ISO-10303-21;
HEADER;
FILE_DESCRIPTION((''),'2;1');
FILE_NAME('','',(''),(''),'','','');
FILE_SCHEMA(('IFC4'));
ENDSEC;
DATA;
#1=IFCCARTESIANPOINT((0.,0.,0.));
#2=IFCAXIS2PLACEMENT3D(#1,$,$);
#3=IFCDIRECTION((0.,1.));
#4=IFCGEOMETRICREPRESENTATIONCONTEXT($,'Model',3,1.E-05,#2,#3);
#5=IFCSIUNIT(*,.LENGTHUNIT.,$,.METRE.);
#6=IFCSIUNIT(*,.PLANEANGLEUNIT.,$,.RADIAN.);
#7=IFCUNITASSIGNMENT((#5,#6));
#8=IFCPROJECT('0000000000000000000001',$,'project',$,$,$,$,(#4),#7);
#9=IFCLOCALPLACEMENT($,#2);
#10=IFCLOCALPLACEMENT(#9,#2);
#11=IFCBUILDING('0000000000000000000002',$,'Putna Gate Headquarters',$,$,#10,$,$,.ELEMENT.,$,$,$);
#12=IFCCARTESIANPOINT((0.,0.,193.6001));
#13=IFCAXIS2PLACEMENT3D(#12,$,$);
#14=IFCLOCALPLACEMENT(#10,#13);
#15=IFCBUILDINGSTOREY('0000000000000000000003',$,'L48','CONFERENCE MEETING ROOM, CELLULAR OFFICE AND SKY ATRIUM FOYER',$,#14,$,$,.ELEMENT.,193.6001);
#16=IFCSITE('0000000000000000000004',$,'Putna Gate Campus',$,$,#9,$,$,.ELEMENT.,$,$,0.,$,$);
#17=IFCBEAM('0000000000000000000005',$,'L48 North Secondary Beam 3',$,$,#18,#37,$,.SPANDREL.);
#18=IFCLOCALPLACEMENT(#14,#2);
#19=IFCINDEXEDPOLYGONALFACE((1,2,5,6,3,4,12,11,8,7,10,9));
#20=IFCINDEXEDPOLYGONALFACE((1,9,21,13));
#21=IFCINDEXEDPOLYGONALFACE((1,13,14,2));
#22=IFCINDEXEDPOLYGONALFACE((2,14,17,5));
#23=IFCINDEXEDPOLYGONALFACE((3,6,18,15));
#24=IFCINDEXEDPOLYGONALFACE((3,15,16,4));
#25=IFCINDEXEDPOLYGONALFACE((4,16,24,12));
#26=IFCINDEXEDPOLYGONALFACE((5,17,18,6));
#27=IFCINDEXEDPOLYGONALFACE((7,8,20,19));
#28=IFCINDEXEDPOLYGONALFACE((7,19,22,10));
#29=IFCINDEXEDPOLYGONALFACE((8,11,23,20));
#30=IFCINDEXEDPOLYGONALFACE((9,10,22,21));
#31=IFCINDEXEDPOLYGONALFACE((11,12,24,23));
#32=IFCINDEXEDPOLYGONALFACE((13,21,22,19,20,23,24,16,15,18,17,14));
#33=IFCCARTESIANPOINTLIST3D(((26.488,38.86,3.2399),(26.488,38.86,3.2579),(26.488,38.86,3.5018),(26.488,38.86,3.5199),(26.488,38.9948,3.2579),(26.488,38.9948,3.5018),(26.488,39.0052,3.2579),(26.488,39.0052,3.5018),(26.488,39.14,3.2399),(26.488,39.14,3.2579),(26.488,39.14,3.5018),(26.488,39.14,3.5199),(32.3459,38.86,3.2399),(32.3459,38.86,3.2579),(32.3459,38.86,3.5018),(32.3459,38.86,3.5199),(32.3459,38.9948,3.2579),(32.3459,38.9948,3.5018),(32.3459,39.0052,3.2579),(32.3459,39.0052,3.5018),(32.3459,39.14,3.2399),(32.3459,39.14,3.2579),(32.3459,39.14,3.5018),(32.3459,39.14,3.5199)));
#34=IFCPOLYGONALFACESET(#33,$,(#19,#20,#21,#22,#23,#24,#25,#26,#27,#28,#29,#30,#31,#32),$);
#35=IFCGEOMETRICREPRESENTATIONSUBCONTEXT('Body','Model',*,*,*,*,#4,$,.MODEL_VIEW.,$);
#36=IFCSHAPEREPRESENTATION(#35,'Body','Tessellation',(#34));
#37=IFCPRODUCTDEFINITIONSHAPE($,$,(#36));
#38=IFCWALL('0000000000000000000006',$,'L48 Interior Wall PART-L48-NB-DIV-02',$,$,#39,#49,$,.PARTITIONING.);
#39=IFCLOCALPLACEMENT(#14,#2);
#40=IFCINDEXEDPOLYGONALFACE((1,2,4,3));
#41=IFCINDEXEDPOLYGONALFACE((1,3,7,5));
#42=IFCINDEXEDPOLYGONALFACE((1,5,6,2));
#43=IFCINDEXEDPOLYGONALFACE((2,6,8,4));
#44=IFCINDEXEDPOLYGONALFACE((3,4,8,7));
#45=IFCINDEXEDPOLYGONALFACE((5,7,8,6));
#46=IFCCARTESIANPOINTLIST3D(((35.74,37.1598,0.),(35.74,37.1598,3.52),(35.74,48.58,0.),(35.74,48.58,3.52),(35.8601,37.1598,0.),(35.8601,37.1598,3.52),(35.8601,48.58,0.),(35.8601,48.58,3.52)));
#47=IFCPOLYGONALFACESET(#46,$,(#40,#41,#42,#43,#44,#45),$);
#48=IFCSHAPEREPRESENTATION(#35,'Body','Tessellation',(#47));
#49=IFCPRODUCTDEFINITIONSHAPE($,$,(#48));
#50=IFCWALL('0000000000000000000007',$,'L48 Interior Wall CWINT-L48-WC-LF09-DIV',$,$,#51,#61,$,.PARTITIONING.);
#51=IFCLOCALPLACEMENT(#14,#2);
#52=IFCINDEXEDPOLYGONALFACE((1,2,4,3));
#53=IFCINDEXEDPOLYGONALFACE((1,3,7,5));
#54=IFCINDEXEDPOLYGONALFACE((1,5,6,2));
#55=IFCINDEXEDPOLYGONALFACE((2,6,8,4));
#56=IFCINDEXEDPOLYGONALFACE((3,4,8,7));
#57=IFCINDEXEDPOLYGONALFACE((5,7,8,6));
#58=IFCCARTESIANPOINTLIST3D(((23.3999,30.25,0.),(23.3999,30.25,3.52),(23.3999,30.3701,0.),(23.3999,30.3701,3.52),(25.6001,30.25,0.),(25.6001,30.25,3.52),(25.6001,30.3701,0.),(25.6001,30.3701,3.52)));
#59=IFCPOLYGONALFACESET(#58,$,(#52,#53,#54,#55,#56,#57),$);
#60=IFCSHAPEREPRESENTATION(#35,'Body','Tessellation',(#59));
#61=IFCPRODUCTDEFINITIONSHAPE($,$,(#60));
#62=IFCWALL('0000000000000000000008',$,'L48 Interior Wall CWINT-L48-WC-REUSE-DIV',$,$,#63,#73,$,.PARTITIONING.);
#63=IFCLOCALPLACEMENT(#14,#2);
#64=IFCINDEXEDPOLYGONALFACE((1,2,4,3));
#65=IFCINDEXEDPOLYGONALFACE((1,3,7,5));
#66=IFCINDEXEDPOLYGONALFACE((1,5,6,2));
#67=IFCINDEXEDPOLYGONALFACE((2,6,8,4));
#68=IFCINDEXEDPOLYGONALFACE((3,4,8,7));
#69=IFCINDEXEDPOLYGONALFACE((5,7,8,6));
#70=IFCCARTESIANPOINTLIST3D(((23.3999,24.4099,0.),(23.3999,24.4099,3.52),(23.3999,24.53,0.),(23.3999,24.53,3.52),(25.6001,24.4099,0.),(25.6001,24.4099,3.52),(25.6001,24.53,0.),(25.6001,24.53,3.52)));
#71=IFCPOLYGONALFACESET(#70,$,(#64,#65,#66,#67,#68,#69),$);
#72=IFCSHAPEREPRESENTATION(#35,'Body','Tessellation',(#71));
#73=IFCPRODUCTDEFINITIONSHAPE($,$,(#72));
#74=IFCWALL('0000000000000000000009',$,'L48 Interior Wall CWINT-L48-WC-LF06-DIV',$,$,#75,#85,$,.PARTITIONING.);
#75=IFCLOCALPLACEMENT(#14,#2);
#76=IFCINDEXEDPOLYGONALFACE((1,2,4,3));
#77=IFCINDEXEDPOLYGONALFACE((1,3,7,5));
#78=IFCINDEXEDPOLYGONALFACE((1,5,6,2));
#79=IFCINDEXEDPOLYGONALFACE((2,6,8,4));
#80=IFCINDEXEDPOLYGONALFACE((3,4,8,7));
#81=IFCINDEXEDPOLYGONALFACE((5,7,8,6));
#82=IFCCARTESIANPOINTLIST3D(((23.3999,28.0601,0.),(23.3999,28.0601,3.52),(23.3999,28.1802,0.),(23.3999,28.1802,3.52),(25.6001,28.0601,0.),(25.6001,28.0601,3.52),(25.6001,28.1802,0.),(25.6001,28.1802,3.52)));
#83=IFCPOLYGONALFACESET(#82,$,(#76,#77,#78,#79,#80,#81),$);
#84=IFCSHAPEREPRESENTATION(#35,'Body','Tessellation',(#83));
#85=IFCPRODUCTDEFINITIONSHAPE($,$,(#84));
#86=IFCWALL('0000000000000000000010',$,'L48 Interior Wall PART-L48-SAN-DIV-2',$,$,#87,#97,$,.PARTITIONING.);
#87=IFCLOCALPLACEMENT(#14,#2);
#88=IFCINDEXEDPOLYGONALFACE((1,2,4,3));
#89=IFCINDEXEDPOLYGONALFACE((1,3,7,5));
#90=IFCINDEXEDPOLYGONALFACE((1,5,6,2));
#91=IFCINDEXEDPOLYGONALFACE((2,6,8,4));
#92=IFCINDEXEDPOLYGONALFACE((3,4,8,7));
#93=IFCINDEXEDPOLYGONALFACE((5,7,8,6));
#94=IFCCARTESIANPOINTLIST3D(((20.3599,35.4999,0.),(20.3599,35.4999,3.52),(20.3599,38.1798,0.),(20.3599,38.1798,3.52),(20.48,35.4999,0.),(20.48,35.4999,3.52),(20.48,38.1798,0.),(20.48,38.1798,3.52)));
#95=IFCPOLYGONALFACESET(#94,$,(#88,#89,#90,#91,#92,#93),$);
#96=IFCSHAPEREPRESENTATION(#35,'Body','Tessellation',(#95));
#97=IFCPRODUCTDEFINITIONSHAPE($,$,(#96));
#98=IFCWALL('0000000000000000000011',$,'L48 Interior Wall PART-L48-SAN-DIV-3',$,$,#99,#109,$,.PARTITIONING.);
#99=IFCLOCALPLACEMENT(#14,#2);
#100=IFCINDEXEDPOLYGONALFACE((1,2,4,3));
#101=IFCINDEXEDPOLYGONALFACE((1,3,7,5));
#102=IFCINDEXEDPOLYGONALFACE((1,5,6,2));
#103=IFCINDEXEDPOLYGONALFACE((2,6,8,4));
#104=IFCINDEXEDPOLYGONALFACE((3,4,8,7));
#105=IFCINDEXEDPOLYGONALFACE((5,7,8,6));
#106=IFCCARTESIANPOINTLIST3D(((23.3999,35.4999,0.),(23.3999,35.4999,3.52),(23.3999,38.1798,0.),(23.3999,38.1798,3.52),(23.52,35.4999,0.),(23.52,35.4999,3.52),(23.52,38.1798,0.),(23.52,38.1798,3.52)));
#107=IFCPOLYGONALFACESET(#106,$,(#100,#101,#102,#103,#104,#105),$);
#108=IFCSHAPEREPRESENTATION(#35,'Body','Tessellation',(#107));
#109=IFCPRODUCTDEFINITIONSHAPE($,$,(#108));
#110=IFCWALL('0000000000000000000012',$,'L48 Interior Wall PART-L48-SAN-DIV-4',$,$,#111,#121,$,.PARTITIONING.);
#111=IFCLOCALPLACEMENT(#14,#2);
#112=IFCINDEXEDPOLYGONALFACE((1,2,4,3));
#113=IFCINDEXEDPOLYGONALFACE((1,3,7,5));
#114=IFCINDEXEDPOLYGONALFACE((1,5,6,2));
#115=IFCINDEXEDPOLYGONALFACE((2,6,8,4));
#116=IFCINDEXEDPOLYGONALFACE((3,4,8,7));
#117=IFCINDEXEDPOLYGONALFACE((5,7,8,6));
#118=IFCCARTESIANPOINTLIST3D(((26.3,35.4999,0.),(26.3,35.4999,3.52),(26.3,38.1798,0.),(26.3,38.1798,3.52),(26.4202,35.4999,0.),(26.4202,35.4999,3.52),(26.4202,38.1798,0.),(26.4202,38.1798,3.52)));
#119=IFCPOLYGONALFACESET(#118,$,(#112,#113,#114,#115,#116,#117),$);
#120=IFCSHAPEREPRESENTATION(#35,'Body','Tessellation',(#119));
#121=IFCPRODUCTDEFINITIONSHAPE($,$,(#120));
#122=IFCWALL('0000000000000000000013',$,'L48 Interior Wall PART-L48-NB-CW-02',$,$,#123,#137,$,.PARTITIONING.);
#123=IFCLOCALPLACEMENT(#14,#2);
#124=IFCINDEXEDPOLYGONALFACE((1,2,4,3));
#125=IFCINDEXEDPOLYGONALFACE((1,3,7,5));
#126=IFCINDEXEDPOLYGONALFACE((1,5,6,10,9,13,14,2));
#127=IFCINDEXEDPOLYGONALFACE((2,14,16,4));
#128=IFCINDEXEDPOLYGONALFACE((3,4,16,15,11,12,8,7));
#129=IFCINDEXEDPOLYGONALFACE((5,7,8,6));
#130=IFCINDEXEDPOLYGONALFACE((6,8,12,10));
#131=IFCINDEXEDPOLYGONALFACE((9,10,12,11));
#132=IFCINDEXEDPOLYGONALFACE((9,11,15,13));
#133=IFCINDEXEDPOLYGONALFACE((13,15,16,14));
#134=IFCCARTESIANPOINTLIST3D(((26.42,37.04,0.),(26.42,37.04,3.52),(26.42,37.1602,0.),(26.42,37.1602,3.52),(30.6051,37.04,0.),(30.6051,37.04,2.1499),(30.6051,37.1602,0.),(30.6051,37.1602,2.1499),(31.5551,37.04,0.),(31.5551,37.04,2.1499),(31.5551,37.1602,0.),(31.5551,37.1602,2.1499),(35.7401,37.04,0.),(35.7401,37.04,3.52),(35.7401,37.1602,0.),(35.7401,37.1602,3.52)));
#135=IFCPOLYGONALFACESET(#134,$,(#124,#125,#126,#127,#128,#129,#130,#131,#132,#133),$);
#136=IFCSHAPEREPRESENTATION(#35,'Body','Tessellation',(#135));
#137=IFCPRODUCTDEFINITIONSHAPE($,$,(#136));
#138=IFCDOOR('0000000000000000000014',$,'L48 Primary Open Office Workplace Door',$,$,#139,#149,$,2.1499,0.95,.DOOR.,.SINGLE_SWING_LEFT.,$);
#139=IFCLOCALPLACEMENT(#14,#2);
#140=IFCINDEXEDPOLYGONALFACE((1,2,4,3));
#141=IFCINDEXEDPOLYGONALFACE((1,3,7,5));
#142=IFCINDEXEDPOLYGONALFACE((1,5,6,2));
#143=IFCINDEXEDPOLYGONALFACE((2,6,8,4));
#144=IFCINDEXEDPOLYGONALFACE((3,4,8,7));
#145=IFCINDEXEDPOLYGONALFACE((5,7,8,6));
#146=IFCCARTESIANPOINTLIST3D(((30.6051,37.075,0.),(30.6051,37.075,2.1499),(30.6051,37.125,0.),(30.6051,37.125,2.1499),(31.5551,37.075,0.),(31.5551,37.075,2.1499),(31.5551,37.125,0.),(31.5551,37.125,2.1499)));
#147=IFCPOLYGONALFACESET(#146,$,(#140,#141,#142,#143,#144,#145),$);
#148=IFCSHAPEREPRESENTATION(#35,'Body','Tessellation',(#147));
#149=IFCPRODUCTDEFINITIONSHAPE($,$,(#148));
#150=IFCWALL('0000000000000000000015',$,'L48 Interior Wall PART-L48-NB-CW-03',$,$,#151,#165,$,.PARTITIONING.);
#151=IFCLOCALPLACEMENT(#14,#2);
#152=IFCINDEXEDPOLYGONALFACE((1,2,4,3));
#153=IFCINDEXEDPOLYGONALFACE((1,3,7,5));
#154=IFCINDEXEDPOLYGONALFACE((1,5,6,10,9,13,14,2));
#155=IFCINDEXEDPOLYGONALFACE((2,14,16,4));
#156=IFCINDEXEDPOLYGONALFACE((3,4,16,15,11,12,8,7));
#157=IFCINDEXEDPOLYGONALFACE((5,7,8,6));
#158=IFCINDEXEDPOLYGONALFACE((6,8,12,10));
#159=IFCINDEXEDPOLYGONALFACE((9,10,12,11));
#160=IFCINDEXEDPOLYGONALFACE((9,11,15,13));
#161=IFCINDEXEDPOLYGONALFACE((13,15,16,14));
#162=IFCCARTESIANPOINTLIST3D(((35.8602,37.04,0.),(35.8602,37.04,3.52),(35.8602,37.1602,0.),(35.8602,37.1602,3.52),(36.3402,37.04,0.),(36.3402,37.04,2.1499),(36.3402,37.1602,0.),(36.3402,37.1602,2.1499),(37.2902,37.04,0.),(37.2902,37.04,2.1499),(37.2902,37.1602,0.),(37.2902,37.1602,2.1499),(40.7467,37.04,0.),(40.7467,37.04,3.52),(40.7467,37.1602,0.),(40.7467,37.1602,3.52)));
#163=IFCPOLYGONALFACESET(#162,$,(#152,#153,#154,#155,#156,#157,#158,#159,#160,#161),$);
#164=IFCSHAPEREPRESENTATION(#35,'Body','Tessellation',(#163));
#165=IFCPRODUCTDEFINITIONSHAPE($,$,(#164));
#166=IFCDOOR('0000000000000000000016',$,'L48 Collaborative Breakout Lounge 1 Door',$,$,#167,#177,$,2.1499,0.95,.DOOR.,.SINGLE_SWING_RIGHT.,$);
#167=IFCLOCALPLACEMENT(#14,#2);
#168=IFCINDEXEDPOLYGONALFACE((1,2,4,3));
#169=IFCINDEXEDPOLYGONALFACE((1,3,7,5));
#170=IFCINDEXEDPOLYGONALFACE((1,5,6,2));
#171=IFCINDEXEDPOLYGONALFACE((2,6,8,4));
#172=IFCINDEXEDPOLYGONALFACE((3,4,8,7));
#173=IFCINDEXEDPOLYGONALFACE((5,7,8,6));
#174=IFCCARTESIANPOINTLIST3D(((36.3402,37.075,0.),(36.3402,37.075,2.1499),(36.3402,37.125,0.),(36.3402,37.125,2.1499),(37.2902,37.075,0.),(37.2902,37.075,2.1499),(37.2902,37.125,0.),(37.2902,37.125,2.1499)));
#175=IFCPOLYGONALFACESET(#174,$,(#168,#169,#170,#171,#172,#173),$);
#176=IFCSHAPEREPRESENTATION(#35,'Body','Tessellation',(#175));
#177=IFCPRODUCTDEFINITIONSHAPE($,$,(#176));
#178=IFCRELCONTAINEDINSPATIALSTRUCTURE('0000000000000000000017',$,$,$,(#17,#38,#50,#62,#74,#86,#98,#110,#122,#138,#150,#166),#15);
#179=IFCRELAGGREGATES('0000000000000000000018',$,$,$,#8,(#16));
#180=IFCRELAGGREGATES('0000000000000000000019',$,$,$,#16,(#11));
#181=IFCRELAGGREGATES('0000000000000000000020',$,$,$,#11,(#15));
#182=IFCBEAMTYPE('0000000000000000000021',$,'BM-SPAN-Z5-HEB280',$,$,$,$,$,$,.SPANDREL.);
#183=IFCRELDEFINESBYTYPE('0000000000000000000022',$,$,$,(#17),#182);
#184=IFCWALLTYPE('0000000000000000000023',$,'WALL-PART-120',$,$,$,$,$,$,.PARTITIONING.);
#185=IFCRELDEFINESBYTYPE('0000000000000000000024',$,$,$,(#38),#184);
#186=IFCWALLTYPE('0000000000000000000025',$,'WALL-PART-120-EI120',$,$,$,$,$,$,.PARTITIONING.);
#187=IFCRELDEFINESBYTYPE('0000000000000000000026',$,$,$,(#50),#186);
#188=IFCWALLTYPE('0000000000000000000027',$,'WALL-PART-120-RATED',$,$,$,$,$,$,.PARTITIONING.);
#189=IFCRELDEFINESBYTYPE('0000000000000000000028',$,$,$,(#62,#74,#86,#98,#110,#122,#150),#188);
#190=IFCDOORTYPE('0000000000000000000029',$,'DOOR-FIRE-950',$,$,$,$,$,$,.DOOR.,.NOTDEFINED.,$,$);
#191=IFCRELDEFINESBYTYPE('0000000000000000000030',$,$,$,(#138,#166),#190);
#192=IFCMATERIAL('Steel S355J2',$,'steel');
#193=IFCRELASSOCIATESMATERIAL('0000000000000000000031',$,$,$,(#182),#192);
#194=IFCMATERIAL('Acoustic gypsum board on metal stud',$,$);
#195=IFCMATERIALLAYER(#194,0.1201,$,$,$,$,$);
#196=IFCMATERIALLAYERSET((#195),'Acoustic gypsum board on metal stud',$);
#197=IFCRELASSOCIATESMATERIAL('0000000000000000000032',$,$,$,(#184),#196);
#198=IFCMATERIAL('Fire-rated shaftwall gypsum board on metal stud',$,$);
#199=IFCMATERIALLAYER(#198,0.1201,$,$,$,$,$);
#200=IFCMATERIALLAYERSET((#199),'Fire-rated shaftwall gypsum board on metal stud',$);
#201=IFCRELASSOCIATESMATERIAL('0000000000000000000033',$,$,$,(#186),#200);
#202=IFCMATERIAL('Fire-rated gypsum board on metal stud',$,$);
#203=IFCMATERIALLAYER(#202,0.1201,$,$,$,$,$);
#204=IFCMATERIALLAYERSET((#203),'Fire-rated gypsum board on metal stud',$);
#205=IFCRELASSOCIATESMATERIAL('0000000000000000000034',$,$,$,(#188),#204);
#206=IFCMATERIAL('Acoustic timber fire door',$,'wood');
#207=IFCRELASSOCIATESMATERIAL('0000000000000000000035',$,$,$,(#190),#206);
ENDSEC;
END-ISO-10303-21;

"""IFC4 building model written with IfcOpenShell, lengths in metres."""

from ifc_helpers import new_model, si_unit, direction, frame, frame_2d, origin, origin_2d, place, context, subcontext, project, spatial, rectangle, i_section, extrude, material, layer, layer_set, material_profile, profile_set, type_object, element, fill, save


model = new_model("IFC4")

# Units and contexts
model_context = context("Model", 3, precision=1e-05, world=origin(), true_north=direction((0.0, 1.0)))
body_context = subcontext(model_context, "Body", "Model", "MODEL_VIEW")
ifc_project = project(units=[si_unit("LENGTHUNIT", "METRE"), si_unit("PLANEANGLEUNIT", "RADIAN")], contexts=[model_context])

# Site, building, storey
site_placement = place(None, origin())
site = spatial("IfcSite", under=ifc_project, at=site_placement, Name="Putna Gate Campus", CompositionType="ELEMENT", RefElevation=0.0)
building_placement = place(site_placement, origin())
building = spatial("IfcBuilding", under=site, at=building_placement, Name="Putna Gate Headquarters", CompositionType="ELEMENT")
storey_placement = place(building_placement, frame((0.0, 0.0, 193.6001)))
storey = spatial("IfcBuildingStorey", under=building, at=storey_placement, Name="L48", Description="CONFERENCE MEETING ROOM, CELLULAR OFFICE AND SKY ATRIUM FOYER", CompositionType="ELEMENT", Elevation=193.6001)

# Beam
ifc_material_1 = material(Name="Steel S355J2", Category="steel")
ifc_material_profile_1 = material_profile(ifc_material_1, i_section(OverallWidth=0.28, OverallDepth=0.28, WebThickness=0.0105, FlangeThickness=0.0181, at=origin_2d()), Name="Steel S355J2")
ifc_profile_set_1 = profile_set([ifc_material_profile_1], Name="Steel S355J2")
beam_type_1 = type_object("IfcBeamType", Name="BM-SPAN-Z5-HEB280", PredefinedType="SPANDREL", material=ifc_profile_set_1)
beam_1_placement = place(storey_placement, frame((26.488, 39.0, 3.3799), z_axis=(1.0, 0.0, 0.0), x_axis=(0.0, 1.0, 0.0)))
element("IfcBeam", 1, at=beam_1_placement, inside=storey, type_object=beam_type_1, Name="L48 North Secondary Beam 3", PredefinedType="SPANDREL", context=body_context, shape_type="SweptSolid", body=[
    extrude(i_section(OverallWidth=0.28, OverallDepth=0.28, WebThickness=0.0105, FlangeThickness=0.0181, at=origin_2d()), origin(), (0.0, 0.0, 1.0), 5.8579),
])

# Walls
ifc_material_2 = material(Name="Acoustic gypsum board on metal stud")
ifc_layer_1 = layer(ifc_material_2, 0.1201)
ifc_layer_set_1 = layer_set([ifc_layer_1], Name="Acoustic gypsum board on metal stud")
wall_type_1 = type_object("IfcWallType", Name="WALL-PART-120", PredefinedType="PARTITIONING", material=ifc_layer_set_1)
wall_1_placement = place(storey_placement, frame((35.8, 37.1599, 0.0), z_axis=(0.0, 0.0, 1.0), x_axis=(0.0, 1.0, 0.0)))
element("IfcWall", 2, at=wall_1_placement, inside=storey, type_object=wall_type_1, Name="L48 Interior Wall PART-L48-NB-DIV-02", PredefinedType="PARTITIONING", context=body_context, shape_type="SweptSolid", body=[
    extrude(rectangle(XDim=11.4202, YDim=0.1201, at=frame_2d((5.71, 0.0))), origin(), (0.0, 0.0, 1.0), 3.52),
])
ifc_material_3 = material(Name="Fire-rated shaftwall gypsum board on metal stud")
ifc_layer_2 = layer(ifc_material_3, 0.1201)
ifc_layer_set_2 = layer_set([ifc_layer_2], Name="Fire-rated shaftwall gypsum board on metal stud")
wall_type_2 = type_object("IfcWallType", Name="WALL-PART-120-EI120", PredefinedType="PARTITIONING", material=ifc_layer_set_2)
wall_2_placement = place(storey_placement, frame((23.3999, 30.3101, 0.0), z_axis=(0.0, 0.0, 1.0), x_axis=(1.0, 0.0, 0.0)))
element("IfcWall", 3, at=wall_2_placement, inside=storey, type_object=wall_type_2, Name="L48 Interior Wall CWINT-L48-WC-LF09-DIV", PredefinedType="PARTITIONING", context=body_context, shape_type="SweptSolid", body=[
    extrude(rectangle(XDim=2.2002, YDim=0.1201, at=frame_2d((1.1001, 0.0))), origin(), (0.0, 0.0, 1.0), 3.52),
])
ifc_material_4 = material(Name="Fire-rated gypsum board on metal stud")
ifc_layer_3 = layer(ifc_material_4, 0.1201)
ifc_layer_set_3 = layer_set([ifc_layer_3], Name="Fire-rated gypsum board on metal stud")
wall_type_3 = type_object("IfcWallType", Name="WALL-PART-120-RATED", PredefinedType="PARTITIONING", material=ifc_layer_set_3)
for number, where, z_axis, x_axis, name in (
    (4, (23.3999, 24.47, 0.0), (0.0, 0.0, 1.0), (1.0, 0.0, 0.0), "L48 Interior Wall CWINT-L48-WC-REUSE-DIV"),
    (5, (23.3999, 28.1201, 0.0), (0.0, 0.0, 1.0), (1.0, 0.0, 0.0), "L48 Interior Wall CWINT-L48-WC-LF06-DIV"),
):
    element("IfcWall", number, at=place(storey_placement, frame(where, z_axis=z_axis, x_axis=x_axis)), inside=storey, type_object=wall_type_3, Name=name, PredefinedType="PARTITIONING", context=body_context, shape_type="SweptSolid", body=[
        extrude(rectangle(XDim=2.2002, YDim=0.1201, at=frame_2d((1.1001, 0.0))), origin(), (0.0, 0.0, 1.0), 3.52),
    ])
for number, where, z_axis, x_axis, name in (
    (6, (20.4199, 35.5, 0.0), (0.0, 0.0, 1.0), (0.0, 1.0, 0.0), "L48 Interior Wall PART-L48-SAN-DIV-2"),
    (7, (23.46, 35.5, 0.0), (0.0, 0.0, 1.0), (0.0, 1.0, 0.0), "L48 Interior Wall PART-L48-SAN-DIV-3"),
    (8, (26.3601, 35.5, 0.0), (0.0, 0.0, 1.0), (0.0, 1.0, 0.0), "L48 Interior Wall PART-L48-SAN-DIV-4"),
):
    element("IfcWall", number, at=place(storey_placement, frame(where, z_axis=z_axis, x_axis=x_axis)), inside=storey, type_object=wall_type_3, Name=name, PredefinedType="PARTITIONING", context=body_context, shape_type="SweptSolid", body=[
        extrude(rectangle(XDim=2.6799, YDim=0.1201, at=frame_2d((1.3398, 0.0))), origin(), (0.0, 0.0, 1.0), 3.52),
    ])

# Walls, openings, doors
wall_3_placement = place(storey_placement, frame((26.4199, 37.1001, 0.0), z_axis=(0.0, 0.0, 1.0), x_axis=(1.0, 0.0, 0.0)))
wall_3 = element("IfcWall", 9, at=wall_3_placement, inside=storey, type_object=wall_type_3, Name="L48 Interior Wall PART-L48-NB-CW-02", PredefinedType="PARTITIONING", context=body_context, shape_type="SweptSolid", body=[
    extrude(rectangle(XDim=9.3201, YDim=0.1201, at=frame_2d((4.6602, 0.0))), origin(), (0.0, 0.0, 1.0), 3.52),
])
opening_1_placement = place(wall_3_placement, frame((4.1851, 0.0, 0.0)))
opening_1 = element("IfcOpeningElement", 10, at=opening_1_placement, cuts=wall_3, PredefinedType="OPENING", context=body_context, shape_type="SweptSolid", body=[
    extrude(rectangle(XDim=0.95, YDim=2.1499, at=frame_2d((0.4751, 1.075))), frame((0.0, 0.0701, 0.0), z_axis=(0.0, -1.0, 0.0), x_axis=(1.0, 0.0, 0.0)), (0.0, 0.0, 1.0), 0.1401),
])
ifc_material_5 = material(Name="Acoustic timber fire door", Category="wood")
door_type = type_object("IfcDoorType", Name="DOOR-FIRE-950", OperationType="NOTDEFINED", PredefinedType="DOOR", material=ifc_material_5)
door_1_placement = place(opening_1_placement, origin())
door_1 = element("IfcDoor", 11, at=door_1_placement, inside=storey, type_object=door_type, Name="L48 Primary Open Office Workplace Door", OperationType="SINGLE_SWING_LEFT", OverallHeight=2.1499, OverallWidth=0.95, PredefinedType="DOOR", context=body_context, shape_type="SweptSolid", body=[
    extrude(rectangle(XDim=0.95, YDim=2.1499, at=frame_2d((0.4751, 1.075))), frame((0.0, 0.0249, 0.0), z_axis=(0.0, -1.0, 0.0), x_axis=(1.0, 0.0, 0.0)), (0.0, 0.0, 1.0), 0.05),
])
fill(opening_1, door_1)
wall_4_placement = place(storey_placement, frame((35.8601, 37.1001, 0.0), z_axis=(0.0, 0.0, 1.0), x_axis=(1.0, 0.0, 0.0)))
wall_4 = element("IfcWall", 12, at=wall_4_placement, inside=storey, type_object=wall_type_3, Name="L48 Interior Wall PART-L48-NB-CW-03", PredefinedType="PARTITIONING", context=body_context, shape_type="SweptSolid", body=[
    extrude(rectangle(XDim=4.8865, YDim=0.1201, at=frame_2d((2.4434, 0.0))), origin(), (0.0, 0.0, 1.0), 3.52),
])
opening_2_placement = place(wall_4_placement, frame((0.48, 0.0, 0.0)))
opening_2 = element("IfcOpeningElement", 13, at=opening_2_placement, cuts=wall_4, PredefinedType="OPENING", context=body_context, shape_type="SweptSolid", body=[
    extrude(rectangle(XDim=0.95, YDim=2.1499, at=frame_2d((0.4751, 1.075))), frame((0.0, 0.0701, 0.0), z_axis=(0.0, -1.0, 0.0), x_axis=(1.0, 0.0, 0.0)), (0.0, 0.0, 1.0), 0.1401),
])
door_2_placement = place(opening_2_placement, origin())
door_2 = element("IfcDoor", 14, at=door_2_placement, inside=storey, type_object=door_type, Name="L48 Collaborative Breakout Lounge 1 Door", OperationType="SINGLE_SWING_RIGHT", OverallHeight=2.1499, OverallWidth=0.95, PredefinedType="DOOR", context=body_context, shape_type="SweptSolid", body=[
    extrude(rectangle(XDim=0.95, YDim=2.1499, at=frame_2d((0.4751, 1.075))), frame((0.0, 0.0249, 0.0), z_axis=(0.0, -1.0, 0.0), x_axis=(1.0, 0.0, 0.0)), (0.0, 0.0, 1.0), 0.05),
])
fill(opening_2, door_2)

save(model, "model.ifc")
